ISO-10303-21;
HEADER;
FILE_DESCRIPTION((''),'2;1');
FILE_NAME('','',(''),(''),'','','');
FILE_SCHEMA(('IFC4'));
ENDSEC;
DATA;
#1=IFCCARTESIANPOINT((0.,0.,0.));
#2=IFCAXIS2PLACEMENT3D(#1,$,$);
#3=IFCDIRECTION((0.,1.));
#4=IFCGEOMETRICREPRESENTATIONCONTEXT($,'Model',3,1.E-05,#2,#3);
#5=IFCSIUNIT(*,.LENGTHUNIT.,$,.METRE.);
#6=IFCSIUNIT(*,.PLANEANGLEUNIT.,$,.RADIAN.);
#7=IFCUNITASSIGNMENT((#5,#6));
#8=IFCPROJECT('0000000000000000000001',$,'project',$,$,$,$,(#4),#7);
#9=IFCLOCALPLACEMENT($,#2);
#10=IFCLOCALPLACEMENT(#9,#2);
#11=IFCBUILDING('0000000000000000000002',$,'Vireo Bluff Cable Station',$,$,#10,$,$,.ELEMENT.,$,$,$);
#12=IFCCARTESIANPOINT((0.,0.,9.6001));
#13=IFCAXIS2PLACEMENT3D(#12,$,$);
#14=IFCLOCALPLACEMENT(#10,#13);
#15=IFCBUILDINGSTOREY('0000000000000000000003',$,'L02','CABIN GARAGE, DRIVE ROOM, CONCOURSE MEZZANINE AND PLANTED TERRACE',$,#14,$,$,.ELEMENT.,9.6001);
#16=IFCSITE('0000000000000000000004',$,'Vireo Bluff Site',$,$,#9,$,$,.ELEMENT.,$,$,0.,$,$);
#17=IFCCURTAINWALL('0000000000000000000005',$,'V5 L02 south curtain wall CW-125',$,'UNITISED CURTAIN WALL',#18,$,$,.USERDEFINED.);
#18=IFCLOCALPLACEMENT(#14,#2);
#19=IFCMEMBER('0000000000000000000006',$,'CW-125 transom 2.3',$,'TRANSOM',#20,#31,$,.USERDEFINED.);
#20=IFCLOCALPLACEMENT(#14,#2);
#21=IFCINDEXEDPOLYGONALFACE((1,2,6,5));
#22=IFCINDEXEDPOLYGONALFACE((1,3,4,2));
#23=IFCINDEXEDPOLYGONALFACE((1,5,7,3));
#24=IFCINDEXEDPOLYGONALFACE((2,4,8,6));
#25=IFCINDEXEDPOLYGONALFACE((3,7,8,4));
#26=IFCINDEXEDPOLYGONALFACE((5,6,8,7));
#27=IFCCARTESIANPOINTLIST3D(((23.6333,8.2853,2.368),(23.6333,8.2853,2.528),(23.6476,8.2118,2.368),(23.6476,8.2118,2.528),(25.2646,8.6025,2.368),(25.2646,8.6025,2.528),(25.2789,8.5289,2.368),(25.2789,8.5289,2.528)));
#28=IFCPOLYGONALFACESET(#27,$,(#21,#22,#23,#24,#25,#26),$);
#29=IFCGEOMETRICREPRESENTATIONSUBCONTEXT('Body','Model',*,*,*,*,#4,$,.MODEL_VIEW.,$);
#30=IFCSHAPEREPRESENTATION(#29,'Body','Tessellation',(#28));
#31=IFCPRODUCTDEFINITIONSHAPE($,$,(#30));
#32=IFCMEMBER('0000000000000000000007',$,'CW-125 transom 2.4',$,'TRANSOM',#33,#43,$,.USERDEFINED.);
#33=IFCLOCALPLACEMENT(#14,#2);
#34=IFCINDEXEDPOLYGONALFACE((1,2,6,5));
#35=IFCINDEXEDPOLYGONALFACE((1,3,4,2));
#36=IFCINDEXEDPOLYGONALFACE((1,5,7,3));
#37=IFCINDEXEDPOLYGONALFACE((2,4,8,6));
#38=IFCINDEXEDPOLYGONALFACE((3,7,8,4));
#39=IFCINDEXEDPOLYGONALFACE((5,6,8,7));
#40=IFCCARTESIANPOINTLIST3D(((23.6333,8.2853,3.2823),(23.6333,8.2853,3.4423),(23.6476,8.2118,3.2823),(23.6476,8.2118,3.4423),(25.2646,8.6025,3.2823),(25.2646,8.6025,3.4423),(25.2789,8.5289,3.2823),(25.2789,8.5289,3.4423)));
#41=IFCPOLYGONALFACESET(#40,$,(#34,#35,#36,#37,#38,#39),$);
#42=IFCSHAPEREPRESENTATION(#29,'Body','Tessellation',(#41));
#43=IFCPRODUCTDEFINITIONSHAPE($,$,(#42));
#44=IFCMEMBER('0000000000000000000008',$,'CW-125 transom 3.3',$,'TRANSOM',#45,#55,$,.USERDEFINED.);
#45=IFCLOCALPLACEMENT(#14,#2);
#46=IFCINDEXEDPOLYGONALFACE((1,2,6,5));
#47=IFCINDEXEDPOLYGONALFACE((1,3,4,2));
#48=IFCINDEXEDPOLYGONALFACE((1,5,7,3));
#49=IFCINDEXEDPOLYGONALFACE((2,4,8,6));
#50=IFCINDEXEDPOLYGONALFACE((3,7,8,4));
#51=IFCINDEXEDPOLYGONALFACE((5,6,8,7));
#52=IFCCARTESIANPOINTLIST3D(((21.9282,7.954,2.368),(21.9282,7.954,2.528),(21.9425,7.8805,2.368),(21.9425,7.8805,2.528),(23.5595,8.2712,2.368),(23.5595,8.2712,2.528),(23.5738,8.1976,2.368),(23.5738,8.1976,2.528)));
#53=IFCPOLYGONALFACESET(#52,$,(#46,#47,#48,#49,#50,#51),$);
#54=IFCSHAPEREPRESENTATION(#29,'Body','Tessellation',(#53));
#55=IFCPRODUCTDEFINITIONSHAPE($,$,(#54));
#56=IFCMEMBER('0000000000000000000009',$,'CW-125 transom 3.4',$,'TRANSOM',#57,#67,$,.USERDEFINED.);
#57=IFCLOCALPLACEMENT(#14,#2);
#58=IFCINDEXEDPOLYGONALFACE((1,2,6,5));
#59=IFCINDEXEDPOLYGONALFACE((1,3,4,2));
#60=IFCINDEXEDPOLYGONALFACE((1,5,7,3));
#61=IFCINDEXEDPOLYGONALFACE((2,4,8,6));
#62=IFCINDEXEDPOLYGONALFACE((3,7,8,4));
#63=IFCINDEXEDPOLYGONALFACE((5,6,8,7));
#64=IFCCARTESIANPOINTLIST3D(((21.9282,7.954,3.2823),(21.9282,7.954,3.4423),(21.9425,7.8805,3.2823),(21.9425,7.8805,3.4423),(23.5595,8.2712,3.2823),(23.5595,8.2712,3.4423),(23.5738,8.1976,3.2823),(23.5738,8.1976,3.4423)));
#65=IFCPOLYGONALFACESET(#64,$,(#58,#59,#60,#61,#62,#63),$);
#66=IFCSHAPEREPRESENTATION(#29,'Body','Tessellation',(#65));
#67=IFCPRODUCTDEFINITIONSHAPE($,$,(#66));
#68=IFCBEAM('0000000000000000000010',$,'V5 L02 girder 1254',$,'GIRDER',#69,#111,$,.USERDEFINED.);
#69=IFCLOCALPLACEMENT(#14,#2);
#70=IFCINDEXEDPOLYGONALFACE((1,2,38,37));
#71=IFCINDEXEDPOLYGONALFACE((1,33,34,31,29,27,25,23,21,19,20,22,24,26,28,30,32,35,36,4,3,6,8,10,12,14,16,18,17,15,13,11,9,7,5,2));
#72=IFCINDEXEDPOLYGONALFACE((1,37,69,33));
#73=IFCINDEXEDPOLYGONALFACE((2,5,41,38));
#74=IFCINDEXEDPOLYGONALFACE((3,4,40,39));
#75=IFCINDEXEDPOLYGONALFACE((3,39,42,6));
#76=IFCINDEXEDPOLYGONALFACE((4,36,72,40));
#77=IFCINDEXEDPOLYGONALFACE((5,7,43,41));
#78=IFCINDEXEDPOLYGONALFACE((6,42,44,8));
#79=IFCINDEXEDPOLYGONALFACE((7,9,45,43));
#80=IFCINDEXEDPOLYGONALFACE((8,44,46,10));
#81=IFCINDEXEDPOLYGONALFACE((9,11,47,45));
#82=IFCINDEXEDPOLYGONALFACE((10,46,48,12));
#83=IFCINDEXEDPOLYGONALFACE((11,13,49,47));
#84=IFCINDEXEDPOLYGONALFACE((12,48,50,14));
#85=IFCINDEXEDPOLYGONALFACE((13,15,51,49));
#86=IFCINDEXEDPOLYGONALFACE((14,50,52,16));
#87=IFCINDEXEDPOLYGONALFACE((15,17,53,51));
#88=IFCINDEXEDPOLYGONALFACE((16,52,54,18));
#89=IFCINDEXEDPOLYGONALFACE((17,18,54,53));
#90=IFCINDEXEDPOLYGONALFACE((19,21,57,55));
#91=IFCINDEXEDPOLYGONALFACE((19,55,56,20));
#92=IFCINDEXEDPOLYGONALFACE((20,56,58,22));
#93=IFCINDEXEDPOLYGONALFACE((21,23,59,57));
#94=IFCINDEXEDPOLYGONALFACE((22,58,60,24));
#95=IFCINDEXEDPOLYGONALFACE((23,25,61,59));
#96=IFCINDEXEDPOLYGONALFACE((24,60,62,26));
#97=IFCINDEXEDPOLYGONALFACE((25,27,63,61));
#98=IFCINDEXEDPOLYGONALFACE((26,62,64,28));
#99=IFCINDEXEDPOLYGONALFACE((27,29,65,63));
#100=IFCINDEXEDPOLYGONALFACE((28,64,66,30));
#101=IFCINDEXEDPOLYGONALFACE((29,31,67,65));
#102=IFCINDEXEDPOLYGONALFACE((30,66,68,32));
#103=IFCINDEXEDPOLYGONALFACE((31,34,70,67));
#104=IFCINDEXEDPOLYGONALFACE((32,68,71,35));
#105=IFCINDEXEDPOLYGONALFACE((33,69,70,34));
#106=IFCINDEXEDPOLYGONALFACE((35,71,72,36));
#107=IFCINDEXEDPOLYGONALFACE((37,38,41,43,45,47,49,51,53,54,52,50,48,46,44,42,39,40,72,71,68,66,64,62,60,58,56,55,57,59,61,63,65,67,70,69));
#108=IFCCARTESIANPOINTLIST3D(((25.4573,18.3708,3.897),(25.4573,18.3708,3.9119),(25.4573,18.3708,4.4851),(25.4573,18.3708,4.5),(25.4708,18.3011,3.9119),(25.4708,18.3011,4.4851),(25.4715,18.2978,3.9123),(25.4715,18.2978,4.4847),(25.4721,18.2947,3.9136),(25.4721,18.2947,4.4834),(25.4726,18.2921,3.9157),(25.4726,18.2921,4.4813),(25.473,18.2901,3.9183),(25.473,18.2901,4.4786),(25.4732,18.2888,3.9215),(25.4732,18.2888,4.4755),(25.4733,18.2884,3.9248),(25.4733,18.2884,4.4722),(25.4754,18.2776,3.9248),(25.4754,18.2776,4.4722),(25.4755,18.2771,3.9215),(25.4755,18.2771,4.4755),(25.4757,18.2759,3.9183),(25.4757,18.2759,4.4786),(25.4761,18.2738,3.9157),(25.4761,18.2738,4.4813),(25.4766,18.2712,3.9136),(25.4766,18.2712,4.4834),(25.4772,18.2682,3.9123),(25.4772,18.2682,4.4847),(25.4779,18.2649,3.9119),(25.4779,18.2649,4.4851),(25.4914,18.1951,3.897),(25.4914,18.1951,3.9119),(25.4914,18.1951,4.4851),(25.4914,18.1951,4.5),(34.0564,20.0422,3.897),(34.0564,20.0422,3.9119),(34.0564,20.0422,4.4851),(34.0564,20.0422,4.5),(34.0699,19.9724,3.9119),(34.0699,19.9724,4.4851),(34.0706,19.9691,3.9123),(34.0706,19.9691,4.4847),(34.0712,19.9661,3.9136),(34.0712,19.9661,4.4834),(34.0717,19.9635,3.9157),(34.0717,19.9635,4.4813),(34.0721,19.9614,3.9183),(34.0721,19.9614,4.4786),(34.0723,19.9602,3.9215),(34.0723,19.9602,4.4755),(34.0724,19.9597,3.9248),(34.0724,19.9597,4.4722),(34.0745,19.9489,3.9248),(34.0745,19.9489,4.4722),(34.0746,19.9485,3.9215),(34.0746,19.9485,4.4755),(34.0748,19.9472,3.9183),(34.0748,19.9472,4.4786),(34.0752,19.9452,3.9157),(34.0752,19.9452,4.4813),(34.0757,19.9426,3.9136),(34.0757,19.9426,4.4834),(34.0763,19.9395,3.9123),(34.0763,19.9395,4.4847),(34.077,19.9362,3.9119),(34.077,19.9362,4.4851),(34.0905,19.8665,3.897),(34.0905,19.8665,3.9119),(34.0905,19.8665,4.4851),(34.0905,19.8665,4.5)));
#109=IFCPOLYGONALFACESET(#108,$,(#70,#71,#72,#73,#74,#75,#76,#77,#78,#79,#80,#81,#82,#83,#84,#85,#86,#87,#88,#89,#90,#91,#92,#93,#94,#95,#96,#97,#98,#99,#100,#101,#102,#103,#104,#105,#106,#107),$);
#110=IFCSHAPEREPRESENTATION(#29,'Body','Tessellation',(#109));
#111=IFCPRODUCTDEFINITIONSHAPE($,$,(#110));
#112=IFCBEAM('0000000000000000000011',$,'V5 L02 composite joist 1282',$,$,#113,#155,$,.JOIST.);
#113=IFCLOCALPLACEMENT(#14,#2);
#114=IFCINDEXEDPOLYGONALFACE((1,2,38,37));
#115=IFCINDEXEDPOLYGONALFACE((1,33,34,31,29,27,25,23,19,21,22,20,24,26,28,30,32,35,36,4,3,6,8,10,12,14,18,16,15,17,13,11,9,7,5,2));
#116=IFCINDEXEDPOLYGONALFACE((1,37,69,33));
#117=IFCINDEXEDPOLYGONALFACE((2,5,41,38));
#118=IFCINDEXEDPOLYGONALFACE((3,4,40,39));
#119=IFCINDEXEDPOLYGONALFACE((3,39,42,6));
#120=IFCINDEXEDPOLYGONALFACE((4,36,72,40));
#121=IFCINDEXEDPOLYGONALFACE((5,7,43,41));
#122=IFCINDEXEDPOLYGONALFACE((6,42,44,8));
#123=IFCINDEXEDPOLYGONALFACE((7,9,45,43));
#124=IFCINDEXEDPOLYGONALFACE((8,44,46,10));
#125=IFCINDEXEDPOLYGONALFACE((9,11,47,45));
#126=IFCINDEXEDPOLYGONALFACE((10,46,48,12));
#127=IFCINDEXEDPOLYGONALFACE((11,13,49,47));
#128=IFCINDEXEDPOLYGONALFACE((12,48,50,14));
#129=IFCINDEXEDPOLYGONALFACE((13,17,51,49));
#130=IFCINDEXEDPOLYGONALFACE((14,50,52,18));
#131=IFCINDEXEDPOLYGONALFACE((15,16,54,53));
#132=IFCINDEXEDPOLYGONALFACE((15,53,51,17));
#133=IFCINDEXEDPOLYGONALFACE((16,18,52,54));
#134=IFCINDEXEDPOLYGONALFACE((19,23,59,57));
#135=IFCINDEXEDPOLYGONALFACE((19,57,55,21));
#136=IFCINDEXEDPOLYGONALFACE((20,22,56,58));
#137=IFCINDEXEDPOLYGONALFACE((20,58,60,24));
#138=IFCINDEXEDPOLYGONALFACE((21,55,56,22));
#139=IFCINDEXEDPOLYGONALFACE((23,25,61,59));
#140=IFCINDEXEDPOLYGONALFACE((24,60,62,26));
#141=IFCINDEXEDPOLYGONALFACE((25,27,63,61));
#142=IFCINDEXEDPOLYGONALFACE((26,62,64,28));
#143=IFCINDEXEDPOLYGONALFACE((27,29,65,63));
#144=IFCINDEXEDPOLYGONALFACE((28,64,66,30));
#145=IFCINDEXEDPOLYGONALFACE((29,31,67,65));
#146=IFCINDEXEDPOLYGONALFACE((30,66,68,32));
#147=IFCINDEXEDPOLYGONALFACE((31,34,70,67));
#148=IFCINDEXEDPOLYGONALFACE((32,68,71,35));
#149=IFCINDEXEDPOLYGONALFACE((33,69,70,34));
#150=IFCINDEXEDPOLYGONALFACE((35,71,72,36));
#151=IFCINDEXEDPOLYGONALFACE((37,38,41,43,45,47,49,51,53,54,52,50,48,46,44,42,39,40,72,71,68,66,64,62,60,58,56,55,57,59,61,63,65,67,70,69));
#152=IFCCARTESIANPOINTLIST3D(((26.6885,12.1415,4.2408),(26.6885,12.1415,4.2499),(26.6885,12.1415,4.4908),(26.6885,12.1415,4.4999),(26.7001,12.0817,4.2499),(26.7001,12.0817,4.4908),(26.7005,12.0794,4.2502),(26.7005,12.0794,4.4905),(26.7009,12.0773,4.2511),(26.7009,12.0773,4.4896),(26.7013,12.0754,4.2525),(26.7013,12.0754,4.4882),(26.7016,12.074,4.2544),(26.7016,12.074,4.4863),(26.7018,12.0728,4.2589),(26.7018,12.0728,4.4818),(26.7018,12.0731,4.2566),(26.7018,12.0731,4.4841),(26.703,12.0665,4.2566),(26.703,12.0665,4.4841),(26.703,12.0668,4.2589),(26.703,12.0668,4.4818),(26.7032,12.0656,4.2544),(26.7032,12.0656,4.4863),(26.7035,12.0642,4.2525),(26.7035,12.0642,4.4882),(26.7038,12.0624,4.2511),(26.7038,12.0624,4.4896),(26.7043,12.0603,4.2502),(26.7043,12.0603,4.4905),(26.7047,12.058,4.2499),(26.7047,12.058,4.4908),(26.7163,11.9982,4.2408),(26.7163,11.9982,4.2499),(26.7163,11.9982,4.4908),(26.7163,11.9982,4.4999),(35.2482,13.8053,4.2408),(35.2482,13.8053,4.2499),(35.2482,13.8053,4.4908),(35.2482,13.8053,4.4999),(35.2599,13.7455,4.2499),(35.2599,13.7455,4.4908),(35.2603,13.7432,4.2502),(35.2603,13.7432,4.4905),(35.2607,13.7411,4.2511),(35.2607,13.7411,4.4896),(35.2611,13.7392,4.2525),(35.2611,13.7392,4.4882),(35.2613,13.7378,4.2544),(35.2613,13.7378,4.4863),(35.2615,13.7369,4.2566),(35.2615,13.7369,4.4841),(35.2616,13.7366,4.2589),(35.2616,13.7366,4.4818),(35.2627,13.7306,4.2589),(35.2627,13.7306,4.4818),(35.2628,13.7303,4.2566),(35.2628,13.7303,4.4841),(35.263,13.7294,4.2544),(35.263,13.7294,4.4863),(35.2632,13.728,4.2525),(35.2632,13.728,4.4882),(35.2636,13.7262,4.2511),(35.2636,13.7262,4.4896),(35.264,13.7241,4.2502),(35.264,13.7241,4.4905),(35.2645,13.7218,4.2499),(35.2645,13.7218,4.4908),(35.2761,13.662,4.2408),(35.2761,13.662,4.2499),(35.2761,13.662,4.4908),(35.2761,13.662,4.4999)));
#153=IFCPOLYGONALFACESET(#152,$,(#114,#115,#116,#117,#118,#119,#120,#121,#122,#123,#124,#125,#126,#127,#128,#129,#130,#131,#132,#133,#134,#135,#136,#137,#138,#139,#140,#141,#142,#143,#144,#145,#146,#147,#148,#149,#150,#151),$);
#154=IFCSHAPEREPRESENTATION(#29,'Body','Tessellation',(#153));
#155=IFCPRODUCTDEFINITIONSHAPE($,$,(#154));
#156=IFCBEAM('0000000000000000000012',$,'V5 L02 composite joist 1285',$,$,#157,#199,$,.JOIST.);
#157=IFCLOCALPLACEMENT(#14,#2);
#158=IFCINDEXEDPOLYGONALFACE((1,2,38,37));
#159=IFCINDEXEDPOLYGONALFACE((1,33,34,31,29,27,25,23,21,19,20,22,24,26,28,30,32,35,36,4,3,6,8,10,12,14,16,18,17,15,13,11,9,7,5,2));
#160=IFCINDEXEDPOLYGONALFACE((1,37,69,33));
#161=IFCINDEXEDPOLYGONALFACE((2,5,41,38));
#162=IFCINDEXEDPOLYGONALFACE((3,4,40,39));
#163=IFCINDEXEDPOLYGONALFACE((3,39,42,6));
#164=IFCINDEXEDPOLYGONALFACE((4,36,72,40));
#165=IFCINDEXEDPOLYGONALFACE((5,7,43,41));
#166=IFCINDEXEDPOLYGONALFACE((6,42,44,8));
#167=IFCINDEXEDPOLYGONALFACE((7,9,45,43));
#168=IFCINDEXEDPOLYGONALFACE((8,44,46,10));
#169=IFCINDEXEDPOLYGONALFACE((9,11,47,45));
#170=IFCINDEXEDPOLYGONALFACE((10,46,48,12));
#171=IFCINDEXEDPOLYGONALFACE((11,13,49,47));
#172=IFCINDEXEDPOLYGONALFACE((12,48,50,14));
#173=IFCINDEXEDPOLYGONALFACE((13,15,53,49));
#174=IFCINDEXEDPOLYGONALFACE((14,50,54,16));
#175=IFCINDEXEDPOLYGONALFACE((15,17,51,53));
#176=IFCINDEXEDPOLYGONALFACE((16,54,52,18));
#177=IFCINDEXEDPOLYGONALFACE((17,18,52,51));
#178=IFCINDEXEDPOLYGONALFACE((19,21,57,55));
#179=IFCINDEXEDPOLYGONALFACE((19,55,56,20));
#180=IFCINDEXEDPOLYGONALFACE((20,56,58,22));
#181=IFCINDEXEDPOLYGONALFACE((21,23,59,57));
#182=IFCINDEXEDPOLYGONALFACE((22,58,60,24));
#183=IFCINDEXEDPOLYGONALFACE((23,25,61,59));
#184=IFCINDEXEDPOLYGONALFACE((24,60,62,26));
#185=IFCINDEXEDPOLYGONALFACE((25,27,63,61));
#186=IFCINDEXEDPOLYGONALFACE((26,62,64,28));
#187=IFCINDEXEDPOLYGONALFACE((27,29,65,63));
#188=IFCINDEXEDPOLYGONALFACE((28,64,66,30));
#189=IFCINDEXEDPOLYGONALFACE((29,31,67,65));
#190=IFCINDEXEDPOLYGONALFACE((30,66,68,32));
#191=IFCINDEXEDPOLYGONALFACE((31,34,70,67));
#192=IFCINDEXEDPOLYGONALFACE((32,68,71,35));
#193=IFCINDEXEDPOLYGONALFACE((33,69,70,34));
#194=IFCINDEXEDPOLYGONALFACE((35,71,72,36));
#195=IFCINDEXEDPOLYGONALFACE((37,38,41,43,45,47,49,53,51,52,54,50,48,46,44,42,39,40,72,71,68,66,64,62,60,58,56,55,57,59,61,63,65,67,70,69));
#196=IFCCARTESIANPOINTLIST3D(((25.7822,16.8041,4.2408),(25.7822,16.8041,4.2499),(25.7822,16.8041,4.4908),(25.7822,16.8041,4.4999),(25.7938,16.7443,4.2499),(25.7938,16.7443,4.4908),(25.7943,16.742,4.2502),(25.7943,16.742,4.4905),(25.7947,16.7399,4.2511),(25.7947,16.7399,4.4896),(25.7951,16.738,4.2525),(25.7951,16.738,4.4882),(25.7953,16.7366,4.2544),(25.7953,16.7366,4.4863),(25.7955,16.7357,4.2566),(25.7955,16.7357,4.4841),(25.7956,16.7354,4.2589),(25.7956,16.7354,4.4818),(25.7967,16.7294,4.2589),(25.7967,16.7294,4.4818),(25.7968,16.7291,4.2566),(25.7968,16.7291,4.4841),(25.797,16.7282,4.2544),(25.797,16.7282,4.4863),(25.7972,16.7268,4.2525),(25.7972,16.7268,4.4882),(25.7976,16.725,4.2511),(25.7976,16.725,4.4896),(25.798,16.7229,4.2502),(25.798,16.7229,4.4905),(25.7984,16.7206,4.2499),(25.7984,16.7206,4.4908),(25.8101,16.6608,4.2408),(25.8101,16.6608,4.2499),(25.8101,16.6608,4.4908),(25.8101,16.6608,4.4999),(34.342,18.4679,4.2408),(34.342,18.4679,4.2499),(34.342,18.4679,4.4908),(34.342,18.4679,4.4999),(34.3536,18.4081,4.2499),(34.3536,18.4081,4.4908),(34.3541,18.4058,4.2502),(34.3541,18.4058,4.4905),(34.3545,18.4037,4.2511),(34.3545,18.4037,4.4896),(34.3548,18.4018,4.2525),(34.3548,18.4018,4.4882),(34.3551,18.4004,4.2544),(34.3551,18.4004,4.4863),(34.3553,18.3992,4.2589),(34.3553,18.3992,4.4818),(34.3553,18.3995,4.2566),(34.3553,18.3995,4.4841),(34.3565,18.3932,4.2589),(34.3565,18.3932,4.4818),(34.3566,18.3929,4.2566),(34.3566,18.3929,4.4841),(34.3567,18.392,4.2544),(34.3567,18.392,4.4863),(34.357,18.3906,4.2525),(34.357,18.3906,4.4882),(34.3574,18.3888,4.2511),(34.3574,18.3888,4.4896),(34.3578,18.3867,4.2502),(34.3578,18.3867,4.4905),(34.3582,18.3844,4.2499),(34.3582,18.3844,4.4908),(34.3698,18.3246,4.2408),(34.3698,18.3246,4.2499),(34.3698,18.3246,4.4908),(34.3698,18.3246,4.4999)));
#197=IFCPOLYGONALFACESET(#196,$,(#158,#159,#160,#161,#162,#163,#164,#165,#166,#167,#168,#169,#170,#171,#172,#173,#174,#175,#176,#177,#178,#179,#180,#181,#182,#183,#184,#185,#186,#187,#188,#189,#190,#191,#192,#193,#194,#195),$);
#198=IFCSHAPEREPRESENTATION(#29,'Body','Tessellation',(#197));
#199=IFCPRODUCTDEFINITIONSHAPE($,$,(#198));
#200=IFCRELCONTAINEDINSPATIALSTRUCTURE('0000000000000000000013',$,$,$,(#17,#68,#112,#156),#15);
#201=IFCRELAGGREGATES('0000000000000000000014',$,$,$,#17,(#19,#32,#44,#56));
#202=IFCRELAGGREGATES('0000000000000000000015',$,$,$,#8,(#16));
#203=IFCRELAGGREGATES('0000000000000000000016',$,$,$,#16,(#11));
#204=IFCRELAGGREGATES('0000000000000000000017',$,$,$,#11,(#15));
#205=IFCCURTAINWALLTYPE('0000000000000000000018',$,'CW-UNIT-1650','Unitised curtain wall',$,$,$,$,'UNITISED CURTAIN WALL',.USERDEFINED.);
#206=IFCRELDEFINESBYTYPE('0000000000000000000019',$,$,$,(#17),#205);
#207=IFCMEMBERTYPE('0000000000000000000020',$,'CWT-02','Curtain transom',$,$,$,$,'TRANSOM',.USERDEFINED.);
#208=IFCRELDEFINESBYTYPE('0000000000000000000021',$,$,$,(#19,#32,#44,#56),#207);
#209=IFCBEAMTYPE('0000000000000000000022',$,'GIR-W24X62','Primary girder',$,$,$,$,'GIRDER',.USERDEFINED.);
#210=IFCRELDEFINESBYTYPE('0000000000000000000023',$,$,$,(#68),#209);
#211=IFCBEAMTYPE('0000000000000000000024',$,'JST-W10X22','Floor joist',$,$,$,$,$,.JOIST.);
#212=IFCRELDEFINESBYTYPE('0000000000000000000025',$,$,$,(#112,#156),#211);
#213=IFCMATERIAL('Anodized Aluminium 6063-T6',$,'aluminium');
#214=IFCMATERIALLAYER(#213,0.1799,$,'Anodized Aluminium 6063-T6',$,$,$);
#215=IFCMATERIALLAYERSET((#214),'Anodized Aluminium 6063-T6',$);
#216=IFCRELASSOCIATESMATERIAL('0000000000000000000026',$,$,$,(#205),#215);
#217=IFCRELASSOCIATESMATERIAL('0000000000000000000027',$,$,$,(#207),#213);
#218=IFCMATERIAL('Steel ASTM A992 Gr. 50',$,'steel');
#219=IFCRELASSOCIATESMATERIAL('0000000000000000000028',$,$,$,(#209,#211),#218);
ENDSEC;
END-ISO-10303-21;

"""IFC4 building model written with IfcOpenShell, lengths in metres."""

from ifc_helpers import new_model, si_unit, direction, frame, origin, origin_2d, place, context, subcontext, project, spatial, rectangle, i_section, extrude, material, layer, layer_set, material_profile, profile_set, type_object, element, aggregate, save


model = new_model("IFC4")

# Units and contexts
model_context = context("Model", 3, precision=1e-05, world=origin(), true_north=direction((0.0, 1.0)))
body_context = subcontext(model_context, "Body", "Model", "MODEL_VIEW")
ifc_project = project(units=[si_unit("LENGTHUNIT", "METRE"), si_unit("PLANEANGLEUNIT", "RADIAN")], contexts=[model_context])

# Site, building, storey
site_placement = place(None, origin())
site = spatial("IfcSite", under=ifc_project, at=site_placement, Name="Vireo Bluff Site", CompositionType="ELEMENT", RefElevation=0.0)
building_placement = place(site_placement, origin())
building = spatial("IfcBuilding", under=site, at=building_placement, Name="Vireo Bluff Cable Station", CompositionType="ELEMENT")
storey_placement = place(building_placement, frame((0.0, 0.0, 9.6001)))
storey = spatial("IfcBuildingStorey", under=building, at=storey_placement, Name="L02", Description="CABIN GARAGE, DRIVE ROOM, CONCOURSE MEZZANINE AND PLANTED TERRACE", CompositionType="ELEMENT", Elevation=9.6001)

# Shared definitions
ifc_material_1 = material(Name="Steel ASTM A992 Gr. 50", Category="steel")

# Curtain wall, members
ifc_material_2 = material(Name="Anodized Aluminium 6063-T6", Category="aluminium")
ifc_layer_1 = layer(ifc_material_2, 0.1799, Name="Anodized Aluminium 6063-T6")
ifc_layer_set_1 = layer_set([ifc_layer_1], Name="Anodized Aluminium 6063-T6")
curtain_wall_type = type_object("IfcCurtainWallType", Name="CW-UNIT-1650", Description="Unitised curtain wall", ElementType="UNITISED CURTAIN WALL", PredefinedType="USERDEFINED", material=ifc_layer_set_1)
curtain_wall_placement = place(storey_placement, origin())
curtain_wall = element("IfcCurtainWall", 1, at=curtain_wall_placement, inside=storey, type_object=curtain_wall_type, Name="V5 L02 south curtain wall CW-125", ObjectType="UNITISED CURTAIN WALL", PredefinedType="USERDEFINED")
ifc_material_profile_1 = material_profile(ifc_material_2, rectangle(XDim=0.075, YDim=0.1599, at=origin_2d()), Name="ALU-T-75X160")
ifc_profile_set_1 = profile_set([ifc_material_profile_1], Name="Anodized Aluminium 6063-T6")
member_type_1 = type_object("IfcMemberType", Name="CWT-02", Description="Curtain transom", ElementType="TRANSOM", PredefinedType="USERDEFINED", material=ifc_profile_set_1)
member_1_placement = place(storey_placement, frame((25.2717, 8.5657, 2.448), z_axis=(-0.981623, -0.19083, 0.0), x_axis=(0.19083, -0.981623, 0.0)))
member_1 = element("IfcMember", 2, at=member_1_placement, type_object=member_type_1, Name="CW-125 transom 2.3", ObjectType="TRANSOM", PredefinedType="USERDEFINED", context=body_context, shape_type="SweptSolid", body=[
    extrude(rectangle(XDim=0.075, YDim=0.1599, at=origin_2d()), origin(), (0.0, 0.0, 1.0), 1.6619),
])
member_2_placement = place(storey_placement, frame((25.2717, 8.5657, 3.3623), z_axis=(-0.981623, -0.19083, 0.0), x_axis=(0.19083, -0.981623, 0.0)))
member_2 = element("IfcMember", 3, at=member_2_placement, type_object=member_type_1, Name="CW-125 transom 2.4", ObjectType="TRANSOM", PredefinedType="USERDEFINED", context=body_context, shape_type="SweptSolid", body=[
    extrude(rectangle(XDim=0.075, YDim=0.1599, at=origin_2d()), origin(), (0.0, 0.0, 1.0), 1.6619),
])
member_3_placement = place(storey_placement, frame((23.5667, 8.2344, 2.448), z_axis=(-0.981623, -0.19083, 0.0), x_axis=(0.19083, -0.981623, 0.0)))
member_3 = element("IfcMember", 4, at=member_3_placement, type_object=member_type_1, Name="CW-125 transom 3.3", ObjectType="TRANSOM", PredefinedType="USERDEFINED", context=body_context, shape_type="SweptSolid", body=[
    extrude(rectangle(XDim=0.075, YDim=0.1599, at=origin_2d()), origin(), (0.0, 0.0, 1.0), 1.6619),
])
member_4_placement = place(storey_placement, frame((23.5667, 8.2344, 3.3623), z_axis=(-0.981623, -0.19083, 0.0), x_axis=(0.19083, -0.981623, 0.0)))
member_4 = element("IfcMember", 5, at=member_4_placement, type_object=member_type_1, Name="CW-125 transom 3.4", ObjectType="TRANSOM", PredefinedType="USERDEFINED", context=body_context, shape_type="SweptSolid", body=[
    extrude(rectangle(XDim=0.075, YDim=0.1599, at=origin_2d()), origin(), (0.0, 0.0, 1.0), 1.6619),
])

# Beams
ifc_material_profile_2 = material_profile(ifc_material_1, i_section(OverallWidth=0.179, OverallDepth=0.603, WebThickness=0.011, FlangeThickness=0.0149, FilletRadius=0.0129, at=origin_2d()), Name="W24X62")
ifc_profile_set_2 = profile_set([ifc_material_profile_2], Name="Steel ASTM A992 Gr. 50")
beam_type_1 = type_object("IfcBeamType", Name="GIR-W24X62", Description="Primary girder", ElementType="GIRDER", PredefinedType="USERDEFINED", material=ifc_profile_set_2)
beam_1_placement = place(storey_placement, frame((25.4744, 18.283, 4.1985), z_axis=(0.98163, 0.190797, 0.0), x_axis=(-0.190797, 0.98163, 0.0)))
element("IfcBeam", 6, at=beam_1_placement, inside=storey, type_object=beam_type_1, Name="V5 L02 girder 1254", ObjectType="GIRDER", PredefinedType="USERDEFINED", context=body_context, shape_type="SweptSolid", body=[
    extrude(i_section(OverallWidth=0.179, OverallDepth=0.603, WebThickness=0.011, FlangeThickness=0.0149, FilletRadius=0.0129, at=origin_2d()), origin(), (0.0, 0.0, 1.0), 8.76),
])
ifc_material_profile_3 = material_profile(ifc_material_1, i_section(OverallWidth=0.146, OverallDepth=0.259, WebThickness=0.0061, FlangeThickness=0.009, FilletRadius=0.009, at=origin_2d()), Name="W10X22")
ifc_profile_set_3 = profile_set([ifc_material_profile_3], Name="Steel ASTM A992 Gr. 50")
beam_type_2 = type_object("IfcBeamType", Name="JST-W10X22", Description="Floor joist", PredefinedType="JOIST", material=ifc_profile_set_3)
for number, where, z_axis, x_axis, name in (
    (7, (26.7024, 12.0698, 4.3704), (0.981628, 0.190804, 0.0), (-0.190804, 0.981628, 0.0), "V5 L02 composite joist 1282"),
    (8, (25.7961, 16.7324, 4.3704), (0.981628, 0.190804, 0.0), (-0.190804, 0.981628, 0.0), "V5 L02 composite joist 1285"),
):
    element("IfcBeam", number, at=place(storey_placement, frame(where, z_axis=z_axis, x_axis=x_axis)), inside=storey, type_object=beam_type_2, Name=name, PredefinedType="JOIST", context=body_context, shape_type="SweptSolid", body=[
        extrude(i_section(OverallWidth=0.146, OverallDepth=0.259, WebThickness=0.0061, FlangeThickness=0.009, FilletRadius=0.009, at=origin_2d()), origin(), (0.0, 0.0, 1.0), 8.72),
    ])

aggregate(curtain_wall, [member_1, member_2, member_3, member_4])

save(model, "model.ifc")
